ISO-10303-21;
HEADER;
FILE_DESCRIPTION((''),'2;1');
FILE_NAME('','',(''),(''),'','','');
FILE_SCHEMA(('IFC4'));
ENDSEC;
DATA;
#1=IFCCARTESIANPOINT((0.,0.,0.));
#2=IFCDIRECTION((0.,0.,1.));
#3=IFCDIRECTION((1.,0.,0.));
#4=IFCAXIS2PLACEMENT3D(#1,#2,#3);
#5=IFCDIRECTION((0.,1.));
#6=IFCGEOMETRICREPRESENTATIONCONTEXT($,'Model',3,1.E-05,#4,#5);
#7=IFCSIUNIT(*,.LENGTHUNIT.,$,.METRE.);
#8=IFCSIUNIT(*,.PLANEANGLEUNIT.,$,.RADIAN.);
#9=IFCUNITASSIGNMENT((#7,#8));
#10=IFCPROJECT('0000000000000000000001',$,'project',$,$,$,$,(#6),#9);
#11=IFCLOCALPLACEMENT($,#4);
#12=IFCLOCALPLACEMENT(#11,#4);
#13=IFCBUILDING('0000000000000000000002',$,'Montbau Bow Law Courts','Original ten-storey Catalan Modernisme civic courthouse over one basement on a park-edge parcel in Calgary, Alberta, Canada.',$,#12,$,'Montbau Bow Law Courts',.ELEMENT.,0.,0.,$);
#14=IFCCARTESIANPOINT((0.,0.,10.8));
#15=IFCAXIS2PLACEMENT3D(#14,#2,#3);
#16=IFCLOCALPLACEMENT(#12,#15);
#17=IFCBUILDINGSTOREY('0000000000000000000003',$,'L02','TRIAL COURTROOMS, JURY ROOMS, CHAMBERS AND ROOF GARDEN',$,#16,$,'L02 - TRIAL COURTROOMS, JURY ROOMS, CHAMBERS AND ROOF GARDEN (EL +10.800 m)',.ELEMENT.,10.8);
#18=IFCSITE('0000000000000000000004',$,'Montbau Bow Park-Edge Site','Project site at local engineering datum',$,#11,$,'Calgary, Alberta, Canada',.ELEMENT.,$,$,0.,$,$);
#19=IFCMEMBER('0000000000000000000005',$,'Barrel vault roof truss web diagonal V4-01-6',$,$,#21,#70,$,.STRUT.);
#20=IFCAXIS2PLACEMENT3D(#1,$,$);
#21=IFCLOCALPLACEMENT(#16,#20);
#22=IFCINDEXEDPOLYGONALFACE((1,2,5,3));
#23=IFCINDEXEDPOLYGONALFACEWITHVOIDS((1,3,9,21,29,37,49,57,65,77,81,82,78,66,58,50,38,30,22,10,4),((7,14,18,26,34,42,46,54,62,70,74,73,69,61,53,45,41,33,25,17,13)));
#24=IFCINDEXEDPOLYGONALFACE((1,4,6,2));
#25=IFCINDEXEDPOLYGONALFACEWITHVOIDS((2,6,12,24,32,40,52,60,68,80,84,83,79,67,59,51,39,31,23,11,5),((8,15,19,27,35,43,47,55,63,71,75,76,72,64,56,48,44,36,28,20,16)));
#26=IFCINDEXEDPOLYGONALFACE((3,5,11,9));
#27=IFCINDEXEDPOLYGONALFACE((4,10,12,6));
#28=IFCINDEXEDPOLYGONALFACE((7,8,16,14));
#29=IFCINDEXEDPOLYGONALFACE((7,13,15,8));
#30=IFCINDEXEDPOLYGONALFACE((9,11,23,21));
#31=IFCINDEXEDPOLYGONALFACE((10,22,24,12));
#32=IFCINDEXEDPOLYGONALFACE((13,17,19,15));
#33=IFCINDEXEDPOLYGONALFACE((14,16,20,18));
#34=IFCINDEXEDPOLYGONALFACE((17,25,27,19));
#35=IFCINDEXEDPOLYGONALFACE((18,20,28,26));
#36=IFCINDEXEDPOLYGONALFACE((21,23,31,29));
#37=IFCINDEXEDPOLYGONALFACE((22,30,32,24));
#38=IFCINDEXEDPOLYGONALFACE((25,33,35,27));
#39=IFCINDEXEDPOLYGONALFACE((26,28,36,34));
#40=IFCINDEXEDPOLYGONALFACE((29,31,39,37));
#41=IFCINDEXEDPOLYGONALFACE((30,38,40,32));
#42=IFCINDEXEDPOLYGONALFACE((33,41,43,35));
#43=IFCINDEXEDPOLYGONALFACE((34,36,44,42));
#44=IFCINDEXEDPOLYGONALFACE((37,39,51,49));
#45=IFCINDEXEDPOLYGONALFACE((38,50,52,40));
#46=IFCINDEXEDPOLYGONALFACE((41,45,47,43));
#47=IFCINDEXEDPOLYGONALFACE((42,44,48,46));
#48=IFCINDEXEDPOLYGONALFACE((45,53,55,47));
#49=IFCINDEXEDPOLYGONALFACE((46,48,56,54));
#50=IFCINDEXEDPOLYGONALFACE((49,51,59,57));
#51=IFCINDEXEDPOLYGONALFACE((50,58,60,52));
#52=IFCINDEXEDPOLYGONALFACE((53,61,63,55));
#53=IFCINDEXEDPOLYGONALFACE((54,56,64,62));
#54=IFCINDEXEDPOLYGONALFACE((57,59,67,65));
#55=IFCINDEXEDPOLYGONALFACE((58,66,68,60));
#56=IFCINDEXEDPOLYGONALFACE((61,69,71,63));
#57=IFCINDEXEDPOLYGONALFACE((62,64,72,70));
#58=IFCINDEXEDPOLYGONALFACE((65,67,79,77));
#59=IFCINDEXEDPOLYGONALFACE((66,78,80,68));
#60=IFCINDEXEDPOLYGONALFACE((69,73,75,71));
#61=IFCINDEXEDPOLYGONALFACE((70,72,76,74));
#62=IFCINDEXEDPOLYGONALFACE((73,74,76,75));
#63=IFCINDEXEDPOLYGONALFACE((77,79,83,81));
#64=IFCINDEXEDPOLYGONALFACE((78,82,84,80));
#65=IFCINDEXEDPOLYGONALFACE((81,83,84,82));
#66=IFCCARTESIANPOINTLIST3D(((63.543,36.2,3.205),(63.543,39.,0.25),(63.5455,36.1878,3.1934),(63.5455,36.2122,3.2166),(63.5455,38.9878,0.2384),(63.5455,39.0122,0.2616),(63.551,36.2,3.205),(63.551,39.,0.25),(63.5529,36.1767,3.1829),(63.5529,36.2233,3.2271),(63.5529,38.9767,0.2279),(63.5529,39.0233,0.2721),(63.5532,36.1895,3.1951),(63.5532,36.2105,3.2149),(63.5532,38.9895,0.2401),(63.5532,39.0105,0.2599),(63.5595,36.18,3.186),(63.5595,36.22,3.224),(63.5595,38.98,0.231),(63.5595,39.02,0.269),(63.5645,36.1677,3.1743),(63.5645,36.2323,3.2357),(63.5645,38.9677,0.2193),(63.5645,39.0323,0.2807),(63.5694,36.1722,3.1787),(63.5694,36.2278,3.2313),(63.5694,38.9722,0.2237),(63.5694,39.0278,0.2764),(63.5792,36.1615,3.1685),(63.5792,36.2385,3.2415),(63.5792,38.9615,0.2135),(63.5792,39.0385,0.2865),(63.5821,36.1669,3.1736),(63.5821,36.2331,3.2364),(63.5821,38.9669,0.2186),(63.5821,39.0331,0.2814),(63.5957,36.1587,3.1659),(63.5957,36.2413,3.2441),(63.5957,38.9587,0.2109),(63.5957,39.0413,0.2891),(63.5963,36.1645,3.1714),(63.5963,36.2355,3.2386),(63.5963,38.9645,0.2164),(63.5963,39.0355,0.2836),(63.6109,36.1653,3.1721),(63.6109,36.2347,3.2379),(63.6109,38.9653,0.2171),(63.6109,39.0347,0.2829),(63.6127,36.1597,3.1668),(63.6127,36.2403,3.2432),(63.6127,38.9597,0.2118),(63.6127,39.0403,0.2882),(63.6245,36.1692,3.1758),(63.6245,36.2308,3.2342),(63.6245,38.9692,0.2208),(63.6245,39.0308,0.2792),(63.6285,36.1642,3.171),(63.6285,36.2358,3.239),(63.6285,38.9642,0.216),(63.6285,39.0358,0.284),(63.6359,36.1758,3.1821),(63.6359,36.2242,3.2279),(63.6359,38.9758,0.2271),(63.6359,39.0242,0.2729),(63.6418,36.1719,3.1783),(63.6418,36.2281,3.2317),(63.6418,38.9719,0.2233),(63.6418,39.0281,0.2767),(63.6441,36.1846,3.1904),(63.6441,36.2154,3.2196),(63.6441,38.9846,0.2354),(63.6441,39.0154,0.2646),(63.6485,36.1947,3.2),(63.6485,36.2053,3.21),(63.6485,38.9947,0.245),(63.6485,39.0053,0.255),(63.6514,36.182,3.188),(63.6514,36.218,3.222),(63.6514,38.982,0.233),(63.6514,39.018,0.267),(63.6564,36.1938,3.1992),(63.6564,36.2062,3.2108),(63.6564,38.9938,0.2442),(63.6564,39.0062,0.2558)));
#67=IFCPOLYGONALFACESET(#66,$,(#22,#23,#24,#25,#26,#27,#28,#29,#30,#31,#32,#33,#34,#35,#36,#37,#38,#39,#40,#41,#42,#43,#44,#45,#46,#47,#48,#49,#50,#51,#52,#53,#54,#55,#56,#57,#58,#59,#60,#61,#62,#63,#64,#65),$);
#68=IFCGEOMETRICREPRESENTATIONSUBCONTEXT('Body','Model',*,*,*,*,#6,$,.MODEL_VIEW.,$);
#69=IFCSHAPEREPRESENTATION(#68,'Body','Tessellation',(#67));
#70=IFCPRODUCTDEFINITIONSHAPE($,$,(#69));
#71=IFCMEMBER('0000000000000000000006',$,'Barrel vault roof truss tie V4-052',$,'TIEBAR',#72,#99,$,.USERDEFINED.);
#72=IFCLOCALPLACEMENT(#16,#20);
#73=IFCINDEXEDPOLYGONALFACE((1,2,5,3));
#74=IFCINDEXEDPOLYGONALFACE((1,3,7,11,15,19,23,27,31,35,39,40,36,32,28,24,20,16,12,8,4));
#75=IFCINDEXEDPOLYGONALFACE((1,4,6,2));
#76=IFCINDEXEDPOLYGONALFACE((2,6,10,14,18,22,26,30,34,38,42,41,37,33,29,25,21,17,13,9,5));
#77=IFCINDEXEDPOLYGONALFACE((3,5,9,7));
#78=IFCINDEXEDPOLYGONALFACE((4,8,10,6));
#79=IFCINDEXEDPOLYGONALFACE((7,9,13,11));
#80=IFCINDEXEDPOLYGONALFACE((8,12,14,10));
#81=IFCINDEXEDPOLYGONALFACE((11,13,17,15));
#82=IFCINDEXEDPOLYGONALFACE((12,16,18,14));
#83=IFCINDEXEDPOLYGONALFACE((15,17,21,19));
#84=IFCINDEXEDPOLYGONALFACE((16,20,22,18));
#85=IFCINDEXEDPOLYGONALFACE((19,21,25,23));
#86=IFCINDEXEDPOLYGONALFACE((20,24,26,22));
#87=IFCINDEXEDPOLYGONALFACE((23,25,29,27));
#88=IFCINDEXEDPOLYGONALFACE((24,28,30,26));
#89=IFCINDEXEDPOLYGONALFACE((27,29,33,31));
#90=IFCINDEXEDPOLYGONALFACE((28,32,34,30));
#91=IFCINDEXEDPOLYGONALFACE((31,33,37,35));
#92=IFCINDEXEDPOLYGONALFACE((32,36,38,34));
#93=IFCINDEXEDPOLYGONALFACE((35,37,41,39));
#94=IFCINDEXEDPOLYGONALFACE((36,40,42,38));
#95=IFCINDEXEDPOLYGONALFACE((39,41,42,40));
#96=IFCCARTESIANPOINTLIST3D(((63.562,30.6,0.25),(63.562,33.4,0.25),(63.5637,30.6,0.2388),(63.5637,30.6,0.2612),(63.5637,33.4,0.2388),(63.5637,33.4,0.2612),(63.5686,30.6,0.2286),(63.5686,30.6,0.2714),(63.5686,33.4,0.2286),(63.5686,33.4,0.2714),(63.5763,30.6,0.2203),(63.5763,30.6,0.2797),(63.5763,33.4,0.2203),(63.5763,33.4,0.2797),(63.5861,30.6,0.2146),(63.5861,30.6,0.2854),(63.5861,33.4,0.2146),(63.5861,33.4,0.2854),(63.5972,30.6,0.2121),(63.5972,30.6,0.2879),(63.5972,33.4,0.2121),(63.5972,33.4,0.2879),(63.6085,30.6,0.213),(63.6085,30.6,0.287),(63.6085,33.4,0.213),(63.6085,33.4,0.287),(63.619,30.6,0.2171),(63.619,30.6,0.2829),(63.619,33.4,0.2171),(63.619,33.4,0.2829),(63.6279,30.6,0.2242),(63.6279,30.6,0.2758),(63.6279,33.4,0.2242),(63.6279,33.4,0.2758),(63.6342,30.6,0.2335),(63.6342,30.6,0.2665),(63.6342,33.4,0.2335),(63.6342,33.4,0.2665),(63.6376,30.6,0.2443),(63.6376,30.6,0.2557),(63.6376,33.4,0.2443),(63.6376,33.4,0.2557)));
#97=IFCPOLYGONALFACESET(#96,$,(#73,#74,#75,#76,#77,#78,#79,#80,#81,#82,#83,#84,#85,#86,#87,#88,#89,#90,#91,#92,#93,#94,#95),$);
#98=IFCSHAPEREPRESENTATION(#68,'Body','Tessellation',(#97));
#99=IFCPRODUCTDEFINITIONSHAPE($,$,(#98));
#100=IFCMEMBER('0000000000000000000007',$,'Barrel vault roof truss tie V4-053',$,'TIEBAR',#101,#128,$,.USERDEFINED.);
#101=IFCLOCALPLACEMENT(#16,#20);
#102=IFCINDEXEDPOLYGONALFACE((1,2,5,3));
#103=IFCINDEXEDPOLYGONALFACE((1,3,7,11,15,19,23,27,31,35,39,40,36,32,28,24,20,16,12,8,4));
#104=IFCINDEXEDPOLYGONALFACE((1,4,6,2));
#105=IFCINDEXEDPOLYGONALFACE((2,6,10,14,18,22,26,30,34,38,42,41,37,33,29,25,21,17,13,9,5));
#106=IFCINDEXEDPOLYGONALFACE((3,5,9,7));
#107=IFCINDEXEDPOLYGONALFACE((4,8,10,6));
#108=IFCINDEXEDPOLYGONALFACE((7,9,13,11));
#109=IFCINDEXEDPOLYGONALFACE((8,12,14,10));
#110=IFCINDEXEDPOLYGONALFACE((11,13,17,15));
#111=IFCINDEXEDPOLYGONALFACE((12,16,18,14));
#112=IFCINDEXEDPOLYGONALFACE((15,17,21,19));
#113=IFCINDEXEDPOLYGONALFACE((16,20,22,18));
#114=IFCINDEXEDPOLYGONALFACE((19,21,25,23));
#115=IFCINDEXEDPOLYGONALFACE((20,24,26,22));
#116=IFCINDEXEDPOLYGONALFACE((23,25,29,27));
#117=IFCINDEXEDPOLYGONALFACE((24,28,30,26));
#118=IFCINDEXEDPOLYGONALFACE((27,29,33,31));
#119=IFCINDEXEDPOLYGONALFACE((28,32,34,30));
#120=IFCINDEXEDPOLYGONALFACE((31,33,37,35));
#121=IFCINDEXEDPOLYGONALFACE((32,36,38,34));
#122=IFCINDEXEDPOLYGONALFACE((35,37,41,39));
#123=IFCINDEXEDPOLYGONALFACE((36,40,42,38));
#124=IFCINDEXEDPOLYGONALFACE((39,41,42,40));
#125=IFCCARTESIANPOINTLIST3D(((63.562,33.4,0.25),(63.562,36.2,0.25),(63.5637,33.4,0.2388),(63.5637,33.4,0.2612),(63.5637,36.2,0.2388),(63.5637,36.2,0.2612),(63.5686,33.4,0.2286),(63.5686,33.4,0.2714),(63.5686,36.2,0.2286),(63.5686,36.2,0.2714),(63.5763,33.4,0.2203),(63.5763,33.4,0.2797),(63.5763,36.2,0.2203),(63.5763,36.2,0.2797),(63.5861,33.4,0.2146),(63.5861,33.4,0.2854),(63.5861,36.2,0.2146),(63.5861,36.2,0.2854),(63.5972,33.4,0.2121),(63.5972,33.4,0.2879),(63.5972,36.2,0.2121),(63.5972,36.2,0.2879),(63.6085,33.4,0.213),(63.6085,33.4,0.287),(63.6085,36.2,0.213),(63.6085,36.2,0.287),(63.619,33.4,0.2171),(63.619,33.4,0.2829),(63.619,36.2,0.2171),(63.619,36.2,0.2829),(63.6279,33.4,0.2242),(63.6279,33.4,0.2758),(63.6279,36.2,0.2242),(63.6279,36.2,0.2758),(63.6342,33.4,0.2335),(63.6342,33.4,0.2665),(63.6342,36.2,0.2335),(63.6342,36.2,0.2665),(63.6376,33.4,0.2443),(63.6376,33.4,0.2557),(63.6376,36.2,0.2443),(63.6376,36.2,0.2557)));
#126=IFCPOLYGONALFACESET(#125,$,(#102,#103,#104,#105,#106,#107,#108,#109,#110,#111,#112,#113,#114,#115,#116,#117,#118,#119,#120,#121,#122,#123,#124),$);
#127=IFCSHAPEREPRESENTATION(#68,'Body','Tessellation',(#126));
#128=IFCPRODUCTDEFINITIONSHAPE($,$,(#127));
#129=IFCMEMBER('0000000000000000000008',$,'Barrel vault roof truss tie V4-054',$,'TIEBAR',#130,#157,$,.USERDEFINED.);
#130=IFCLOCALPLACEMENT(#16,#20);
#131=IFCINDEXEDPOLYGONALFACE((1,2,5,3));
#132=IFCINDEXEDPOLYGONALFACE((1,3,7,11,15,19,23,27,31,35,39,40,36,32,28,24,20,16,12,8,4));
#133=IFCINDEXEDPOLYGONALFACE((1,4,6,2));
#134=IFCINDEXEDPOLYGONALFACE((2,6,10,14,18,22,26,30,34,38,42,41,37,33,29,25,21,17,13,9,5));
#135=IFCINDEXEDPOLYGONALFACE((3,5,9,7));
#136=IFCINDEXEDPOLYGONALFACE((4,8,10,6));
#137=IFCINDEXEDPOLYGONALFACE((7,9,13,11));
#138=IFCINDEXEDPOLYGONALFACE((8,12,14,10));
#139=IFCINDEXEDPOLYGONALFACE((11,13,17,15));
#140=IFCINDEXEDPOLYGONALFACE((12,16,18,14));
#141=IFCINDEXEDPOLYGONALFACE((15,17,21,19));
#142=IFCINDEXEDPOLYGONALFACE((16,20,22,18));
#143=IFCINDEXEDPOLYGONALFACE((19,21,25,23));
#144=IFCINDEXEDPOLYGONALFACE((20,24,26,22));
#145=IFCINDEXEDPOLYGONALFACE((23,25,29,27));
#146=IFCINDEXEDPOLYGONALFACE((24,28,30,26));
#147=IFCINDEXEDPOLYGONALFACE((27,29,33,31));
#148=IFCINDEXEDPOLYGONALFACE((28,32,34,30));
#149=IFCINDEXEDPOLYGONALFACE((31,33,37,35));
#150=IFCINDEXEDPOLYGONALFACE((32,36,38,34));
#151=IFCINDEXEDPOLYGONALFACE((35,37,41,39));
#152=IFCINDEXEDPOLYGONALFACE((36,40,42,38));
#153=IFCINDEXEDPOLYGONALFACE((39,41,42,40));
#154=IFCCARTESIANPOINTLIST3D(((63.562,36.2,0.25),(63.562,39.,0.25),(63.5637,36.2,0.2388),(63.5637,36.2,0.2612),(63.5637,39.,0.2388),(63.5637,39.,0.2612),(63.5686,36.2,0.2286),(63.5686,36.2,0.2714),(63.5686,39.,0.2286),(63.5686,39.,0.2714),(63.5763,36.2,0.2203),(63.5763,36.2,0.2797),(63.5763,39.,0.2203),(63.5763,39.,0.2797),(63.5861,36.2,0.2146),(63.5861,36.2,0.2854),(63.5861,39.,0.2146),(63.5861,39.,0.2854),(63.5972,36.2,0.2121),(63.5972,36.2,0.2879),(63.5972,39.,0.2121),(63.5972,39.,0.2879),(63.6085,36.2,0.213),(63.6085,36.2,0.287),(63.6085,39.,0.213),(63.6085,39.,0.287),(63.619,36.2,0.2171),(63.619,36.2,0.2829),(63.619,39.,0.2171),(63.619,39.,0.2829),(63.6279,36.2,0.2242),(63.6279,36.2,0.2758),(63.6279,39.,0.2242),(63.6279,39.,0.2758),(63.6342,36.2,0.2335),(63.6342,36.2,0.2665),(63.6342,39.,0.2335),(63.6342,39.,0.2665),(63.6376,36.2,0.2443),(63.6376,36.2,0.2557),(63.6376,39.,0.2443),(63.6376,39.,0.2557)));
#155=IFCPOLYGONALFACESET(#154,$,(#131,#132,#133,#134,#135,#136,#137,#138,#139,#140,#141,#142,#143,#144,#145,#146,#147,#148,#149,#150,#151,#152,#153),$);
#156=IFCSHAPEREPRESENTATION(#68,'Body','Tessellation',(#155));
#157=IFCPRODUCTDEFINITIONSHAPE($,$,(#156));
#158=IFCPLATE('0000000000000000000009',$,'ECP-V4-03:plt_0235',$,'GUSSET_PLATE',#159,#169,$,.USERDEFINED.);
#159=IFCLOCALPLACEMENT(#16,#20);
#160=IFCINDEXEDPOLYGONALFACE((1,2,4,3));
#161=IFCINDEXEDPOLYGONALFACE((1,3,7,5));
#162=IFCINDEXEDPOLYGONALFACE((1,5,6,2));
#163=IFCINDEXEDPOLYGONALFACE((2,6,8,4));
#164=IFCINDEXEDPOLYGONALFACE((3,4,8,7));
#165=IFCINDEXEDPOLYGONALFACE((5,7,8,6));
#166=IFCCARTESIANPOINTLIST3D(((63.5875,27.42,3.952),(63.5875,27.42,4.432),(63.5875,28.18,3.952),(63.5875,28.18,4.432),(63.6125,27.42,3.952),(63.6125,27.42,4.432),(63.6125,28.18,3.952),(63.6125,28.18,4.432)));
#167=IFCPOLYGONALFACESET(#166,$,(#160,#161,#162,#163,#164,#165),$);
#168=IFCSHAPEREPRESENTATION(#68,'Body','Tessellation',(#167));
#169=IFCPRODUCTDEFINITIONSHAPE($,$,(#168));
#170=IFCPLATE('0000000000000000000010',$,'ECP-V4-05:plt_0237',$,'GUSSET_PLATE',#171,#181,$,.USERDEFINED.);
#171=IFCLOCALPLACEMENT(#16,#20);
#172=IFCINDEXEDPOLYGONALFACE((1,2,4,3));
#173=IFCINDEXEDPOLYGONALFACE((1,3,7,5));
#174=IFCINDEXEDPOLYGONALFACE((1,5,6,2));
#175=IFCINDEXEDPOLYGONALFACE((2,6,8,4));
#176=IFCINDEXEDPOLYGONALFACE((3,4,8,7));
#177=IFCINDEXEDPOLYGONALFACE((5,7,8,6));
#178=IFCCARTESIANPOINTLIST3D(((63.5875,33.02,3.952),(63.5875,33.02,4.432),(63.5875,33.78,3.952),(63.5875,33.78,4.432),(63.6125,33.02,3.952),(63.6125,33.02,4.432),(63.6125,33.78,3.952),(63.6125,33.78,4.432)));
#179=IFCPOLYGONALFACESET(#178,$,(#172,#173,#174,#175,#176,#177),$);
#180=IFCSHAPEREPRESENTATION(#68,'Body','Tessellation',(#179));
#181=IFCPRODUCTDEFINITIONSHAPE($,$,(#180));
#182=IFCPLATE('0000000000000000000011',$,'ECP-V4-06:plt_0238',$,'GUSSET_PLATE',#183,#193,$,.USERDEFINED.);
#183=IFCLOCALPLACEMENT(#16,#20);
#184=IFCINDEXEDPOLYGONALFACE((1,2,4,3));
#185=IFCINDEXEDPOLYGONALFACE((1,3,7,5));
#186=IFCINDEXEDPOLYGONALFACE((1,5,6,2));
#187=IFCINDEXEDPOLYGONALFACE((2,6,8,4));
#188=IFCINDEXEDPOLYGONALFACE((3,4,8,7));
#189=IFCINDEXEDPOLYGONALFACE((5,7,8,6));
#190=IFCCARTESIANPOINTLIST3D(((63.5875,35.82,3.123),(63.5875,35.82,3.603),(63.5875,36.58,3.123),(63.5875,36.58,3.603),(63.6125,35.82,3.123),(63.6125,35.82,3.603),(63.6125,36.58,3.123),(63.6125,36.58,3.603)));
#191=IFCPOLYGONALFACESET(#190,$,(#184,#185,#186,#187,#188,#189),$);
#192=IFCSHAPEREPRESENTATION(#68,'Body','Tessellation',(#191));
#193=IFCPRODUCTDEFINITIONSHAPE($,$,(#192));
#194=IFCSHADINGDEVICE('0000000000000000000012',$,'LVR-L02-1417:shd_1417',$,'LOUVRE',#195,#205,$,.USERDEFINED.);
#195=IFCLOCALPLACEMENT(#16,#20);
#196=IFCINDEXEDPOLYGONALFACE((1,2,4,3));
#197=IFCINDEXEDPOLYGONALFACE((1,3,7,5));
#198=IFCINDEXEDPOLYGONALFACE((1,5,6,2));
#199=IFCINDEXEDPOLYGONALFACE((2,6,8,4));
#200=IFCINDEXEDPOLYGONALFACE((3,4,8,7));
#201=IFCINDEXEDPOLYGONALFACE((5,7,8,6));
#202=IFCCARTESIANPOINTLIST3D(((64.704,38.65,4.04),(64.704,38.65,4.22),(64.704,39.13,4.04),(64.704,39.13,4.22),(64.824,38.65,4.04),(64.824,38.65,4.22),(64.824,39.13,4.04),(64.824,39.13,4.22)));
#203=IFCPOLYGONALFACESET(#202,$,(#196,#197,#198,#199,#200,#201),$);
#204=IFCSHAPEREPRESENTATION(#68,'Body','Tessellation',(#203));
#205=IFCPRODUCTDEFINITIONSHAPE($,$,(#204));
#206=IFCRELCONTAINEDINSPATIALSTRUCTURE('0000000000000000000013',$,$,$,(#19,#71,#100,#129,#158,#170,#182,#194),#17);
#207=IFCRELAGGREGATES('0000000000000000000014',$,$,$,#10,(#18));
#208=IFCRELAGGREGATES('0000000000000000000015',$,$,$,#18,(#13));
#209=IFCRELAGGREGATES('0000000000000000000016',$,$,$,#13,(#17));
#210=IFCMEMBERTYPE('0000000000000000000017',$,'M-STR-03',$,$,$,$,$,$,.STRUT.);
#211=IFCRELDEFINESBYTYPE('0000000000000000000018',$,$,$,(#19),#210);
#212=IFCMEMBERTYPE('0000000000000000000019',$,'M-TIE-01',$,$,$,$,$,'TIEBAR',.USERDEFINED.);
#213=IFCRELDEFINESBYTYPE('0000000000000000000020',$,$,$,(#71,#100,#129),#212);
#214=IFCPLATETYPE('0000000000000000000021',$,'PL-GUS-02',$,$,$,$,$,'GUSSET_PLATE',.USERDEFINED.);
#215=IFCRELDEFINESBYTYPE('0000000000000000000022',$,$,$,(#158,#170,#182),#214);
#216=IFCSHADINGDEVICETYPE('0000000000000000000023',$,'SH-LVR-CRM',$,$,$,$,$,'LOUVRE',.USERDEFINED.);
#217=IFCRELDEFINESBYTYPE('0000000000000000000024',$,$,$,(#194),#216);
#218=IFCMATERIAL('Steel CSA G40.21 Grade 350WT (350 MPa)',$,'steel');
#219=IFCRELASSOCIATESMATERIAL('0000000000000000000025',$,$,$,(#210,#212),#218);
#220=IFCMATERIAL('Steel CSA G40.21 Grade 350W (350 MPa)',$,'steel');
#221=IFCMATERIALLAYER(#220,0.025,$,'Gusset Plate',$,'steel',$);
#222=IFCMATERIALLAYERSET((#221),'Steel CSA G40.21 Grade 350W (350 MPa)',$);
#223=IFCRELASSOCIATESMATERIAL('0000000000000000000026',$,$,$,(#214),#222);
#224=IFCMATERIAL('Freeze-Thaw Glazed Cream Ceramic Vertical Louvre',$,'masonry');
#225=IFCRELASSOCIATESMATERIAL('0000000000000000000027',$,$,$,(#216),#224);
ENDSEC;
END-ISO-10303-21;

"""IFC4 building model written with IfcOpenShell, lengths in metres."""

from ifc_helpers import new_model, si_unit, direction, frame, origin_with_axes, origin_2d_with_axis, place, context, subcontext, project, spatial, rectangle, circle, hollow_circle, extrude, material, layer, layer_set, material_profile, profile_set, type_object, element, save


model = new_model("IFC4")

# Units and contexts
model_context = context("Model", 3, precision=1e-05, world=origin_with_axes(), true_north=direction((0.0, 1.0)))
body_context = subcontext(model_context, "Body", "Model", "MODEL_VIEW")
ifc_project = project(units=[si_unit("LENGTHUNIT", "METRE"), si_unit("PLANEANGLEUNIT", "RADIAN")], contexts=[model_context])

# Site, building, storey
site_placement = place(None, origin_with_axes())
site = spatial("IfcSite", under=ifc_project, at=site_placement, Name="Montbau Bow Park-Edge Site", Description="Project site at local engineering datum", LongName="Calgary, Alberta, Canada", CompositionType="ELEMENT", RefElevation=0.0)
building_placement = place(site_placement, origin_with_axes())
building = spatial("IfcBuilding", under=site, at=building_placement, Name="Montbau Bow Law Courts", Description="Original ten-storey Catalan Modernisme civic courthouse over one basement on a park-edge parcel in Calgary, Alberta, Canada.", LongName="Montbau Bow Law Courts", CompositionType="ELEMENT", ElevationOfRefHeight=0.0, ElevationOfTerrain=0.0)
storey_placement = place(building_placement, frame((0.0, 0.0, 10.8), z_axis=(0.0, 0.0, 1.0), x_axis=(1.0, 0.0, 0.0)))
storey = spatial("IfcBuildingStorey", under=building, at=storey_placement, Name="L02", Description="TRIAL COURTROOMS, JURY ROOMS, CHAMBERS AND ROOF GARDEN", LongName="L02 - TRIAL COURTROOMS, JURY ROOMS, CHAMBERS AND ROOF GARDEN (EL +10.800 m)", CompositionType="ELEMENT", Elevation=10.8)

# Shared definitions
ifc_material_1 = material(Name="Steel CSA G40.21 Grade 350WT (350 MPa)", Category="steel")
ifc_material_2 = material(Name="Steel CSA G40.21 Grade 350W (350 MPa)", Category="steel")

# Members
ifc_material_profile_1 = material_profile(ifc_material_1, hollow_circle(Radius=0.057, WallThickness=0.008, at=origin_2d_with_axis()), Name="HSS114X8.0", Category="Main", Priority=0)
ifc_profile_set_1 = profile_set([ifc_material_profile_1], Name="Steel CSA G40.21 Grade 350WT (350 MPa)")
member_type_1 = type_object("IfcMemberType", Name="M-STR-03", PredefinedType="STRUT", material=ifc_profile_set_1)
member_1_placement = place(None, frame((63.6, 36.2, 14.005), z_axis=(0.0, 0.687813, -0.725888), x_axis=(-1.0, 0.0, 0.0)))
element("IfcMember", 1, at=member_1_placement, inside=storey, type_object=member_type_1, Name="Barrel vault roof truss web diagonal V4-01-6", PredefinedType="STRUT", context=body_context, shape_type="SweptSolid", body=[
    extrude(hollow_circle(Radius=0.057, WallThickness=0.008, at=origin_2d_with_axis()), origin_with_axes(), (0.0, 0.0, 1.0), 4.0709),
])
ifc_material_profile_2 = material_profile(ifc_material_1, circle(Radius=0.038, at=origin_2d_with_axis()), Name="ROD76", Category="Main", Priority=0)
ifc_profile_set_2 = profile_set([ifc_material_profile_2], Name="Steel CSA G40.21 Grade 350WT (350 MPa)")
member_type_2 = type_object("IfcMemberType", Name="M-TIE-01", ElementType="TIEBAR", PredefinedType="USERDEFINED", material=ifc_profile_set_2)
for number, where, z_axis, x_axis, name in (
    (2, (63.6, 30.6, 11.05), (0.0, 1.0, 0.0), (-1.0, 0.0, 0.0), "Barrel vault roof truss tie V4-052"),
    (3, (63.6, 33.4, 11.05), (0.0, 1.0, 0.0), (-1.0, 0.0, 0.0), "Barrel vault roof truss tie V4-053"),
    (4, (63.6, 36.2, 11.05), (0.0, 1.0, 0.0), (-1.0, 0.0, 0.0), "Barrel vault roof truss tie V4-054"),
):
    element("IfcMember", number, at=place(None, frame(where, z_axis=z_axis, x_axis=x_axis)), inside=storey, type_object=member_type_2, Name=name, ObjectType="TIEBAR", PredefinedType="USERDEFINED", context=body_context, shape_type="SweptSolid", body=[
        extrude(circle(Radius=0.038, at=origin_2d_with_axis()), origin_with_axes(), (0.0, 0.0, 1.0), 2.8),
    ])

# Plates
ifc_layer = layer(ifc_material_2, 0.025, Name="Gusset Plate", Category="steel")
ifc_layer_set = layer_set([ifc_layer], Name="Steel CSA G40.21 Grade 350W (350 MPa)")
plate_type = type_object("IfcPlateType", Name="PL-GUS-02", ElementType="GUSSET_PLATE", PredefinedType="USERDEFINED", material=ifc_layer_set)
for number, where, z_axis, x_axis, name in (
    (5, (63.6, 27.8, 14.752), (0.0, 0.0, 1.0), (1.0, 0.0, 0.0), "ECP-V4-03:plt_0235"),
    (6, (63.6, 33.4, 14.752), (0.0, 0.0, 1.0), (1.0, 0.0, 0.0), "ECP-V4-05:plt_0237"),
    (7, (63.6, 36.2, 13.923), (0.0, 0.0, 1.0), (1.0, 0.0, 0.0), "ECP-V4-06:plt_0238"),
):
    element("IfcPlate", number, at=place(None, frame(where, z_axis=z_axis, x_axis=x_axis)), inside=storey, type_object=plate_type, Name=name, ObjectType="GUSSET_PLATE", PredefinedType="USERDEFINED", context=body_context, shape_type="SweptSolid", body=[
        extrude(rectangle(XDim=0.025, YDim=0.76, at=origin_2d_with_axis()), origin_with_axes(), (0.0, 0.0, 1.0), 0.48),
    ])

# Shading device
ifc_material_3 = material(Name="Freeze-Thaw Glazed Cream Ceramic Vertical Louvre", Category="masonry")
shading_device_type = type_object("IfcShadingDeviceType", Name="SH-LVR-CRM", ElementType="LOUVRE", PredefinedType="USERDEFINED", material=ifc_material_3)
for number, where, z_axis, x_axis, name in (
    (8, (64.764, 38.89, 14.84), (0.0, 0.0, 1.0), (0.0, -1.0, 0.0), "LVR-L02-1417:shd_1417"),
):
    element("IfcShadingDevice", number, at=place(None, frame(where, z_axis=z_axis, x_axis=x_axis)), inside=storey, type_object=shading_device_type, Name=name, ObjectType="LOUVRE", PredefinedType="USERDEFINED", context=body_context, shape_type="SweptSolid", body=[
        extrude(rectangle(XDim=0.48, YDim=0.12, at=origin_2d_with_axis()), origin_with_axes(), (0.0, 0.0, 1.0), 0.18),
    ])

save(model, "model.ifc")
